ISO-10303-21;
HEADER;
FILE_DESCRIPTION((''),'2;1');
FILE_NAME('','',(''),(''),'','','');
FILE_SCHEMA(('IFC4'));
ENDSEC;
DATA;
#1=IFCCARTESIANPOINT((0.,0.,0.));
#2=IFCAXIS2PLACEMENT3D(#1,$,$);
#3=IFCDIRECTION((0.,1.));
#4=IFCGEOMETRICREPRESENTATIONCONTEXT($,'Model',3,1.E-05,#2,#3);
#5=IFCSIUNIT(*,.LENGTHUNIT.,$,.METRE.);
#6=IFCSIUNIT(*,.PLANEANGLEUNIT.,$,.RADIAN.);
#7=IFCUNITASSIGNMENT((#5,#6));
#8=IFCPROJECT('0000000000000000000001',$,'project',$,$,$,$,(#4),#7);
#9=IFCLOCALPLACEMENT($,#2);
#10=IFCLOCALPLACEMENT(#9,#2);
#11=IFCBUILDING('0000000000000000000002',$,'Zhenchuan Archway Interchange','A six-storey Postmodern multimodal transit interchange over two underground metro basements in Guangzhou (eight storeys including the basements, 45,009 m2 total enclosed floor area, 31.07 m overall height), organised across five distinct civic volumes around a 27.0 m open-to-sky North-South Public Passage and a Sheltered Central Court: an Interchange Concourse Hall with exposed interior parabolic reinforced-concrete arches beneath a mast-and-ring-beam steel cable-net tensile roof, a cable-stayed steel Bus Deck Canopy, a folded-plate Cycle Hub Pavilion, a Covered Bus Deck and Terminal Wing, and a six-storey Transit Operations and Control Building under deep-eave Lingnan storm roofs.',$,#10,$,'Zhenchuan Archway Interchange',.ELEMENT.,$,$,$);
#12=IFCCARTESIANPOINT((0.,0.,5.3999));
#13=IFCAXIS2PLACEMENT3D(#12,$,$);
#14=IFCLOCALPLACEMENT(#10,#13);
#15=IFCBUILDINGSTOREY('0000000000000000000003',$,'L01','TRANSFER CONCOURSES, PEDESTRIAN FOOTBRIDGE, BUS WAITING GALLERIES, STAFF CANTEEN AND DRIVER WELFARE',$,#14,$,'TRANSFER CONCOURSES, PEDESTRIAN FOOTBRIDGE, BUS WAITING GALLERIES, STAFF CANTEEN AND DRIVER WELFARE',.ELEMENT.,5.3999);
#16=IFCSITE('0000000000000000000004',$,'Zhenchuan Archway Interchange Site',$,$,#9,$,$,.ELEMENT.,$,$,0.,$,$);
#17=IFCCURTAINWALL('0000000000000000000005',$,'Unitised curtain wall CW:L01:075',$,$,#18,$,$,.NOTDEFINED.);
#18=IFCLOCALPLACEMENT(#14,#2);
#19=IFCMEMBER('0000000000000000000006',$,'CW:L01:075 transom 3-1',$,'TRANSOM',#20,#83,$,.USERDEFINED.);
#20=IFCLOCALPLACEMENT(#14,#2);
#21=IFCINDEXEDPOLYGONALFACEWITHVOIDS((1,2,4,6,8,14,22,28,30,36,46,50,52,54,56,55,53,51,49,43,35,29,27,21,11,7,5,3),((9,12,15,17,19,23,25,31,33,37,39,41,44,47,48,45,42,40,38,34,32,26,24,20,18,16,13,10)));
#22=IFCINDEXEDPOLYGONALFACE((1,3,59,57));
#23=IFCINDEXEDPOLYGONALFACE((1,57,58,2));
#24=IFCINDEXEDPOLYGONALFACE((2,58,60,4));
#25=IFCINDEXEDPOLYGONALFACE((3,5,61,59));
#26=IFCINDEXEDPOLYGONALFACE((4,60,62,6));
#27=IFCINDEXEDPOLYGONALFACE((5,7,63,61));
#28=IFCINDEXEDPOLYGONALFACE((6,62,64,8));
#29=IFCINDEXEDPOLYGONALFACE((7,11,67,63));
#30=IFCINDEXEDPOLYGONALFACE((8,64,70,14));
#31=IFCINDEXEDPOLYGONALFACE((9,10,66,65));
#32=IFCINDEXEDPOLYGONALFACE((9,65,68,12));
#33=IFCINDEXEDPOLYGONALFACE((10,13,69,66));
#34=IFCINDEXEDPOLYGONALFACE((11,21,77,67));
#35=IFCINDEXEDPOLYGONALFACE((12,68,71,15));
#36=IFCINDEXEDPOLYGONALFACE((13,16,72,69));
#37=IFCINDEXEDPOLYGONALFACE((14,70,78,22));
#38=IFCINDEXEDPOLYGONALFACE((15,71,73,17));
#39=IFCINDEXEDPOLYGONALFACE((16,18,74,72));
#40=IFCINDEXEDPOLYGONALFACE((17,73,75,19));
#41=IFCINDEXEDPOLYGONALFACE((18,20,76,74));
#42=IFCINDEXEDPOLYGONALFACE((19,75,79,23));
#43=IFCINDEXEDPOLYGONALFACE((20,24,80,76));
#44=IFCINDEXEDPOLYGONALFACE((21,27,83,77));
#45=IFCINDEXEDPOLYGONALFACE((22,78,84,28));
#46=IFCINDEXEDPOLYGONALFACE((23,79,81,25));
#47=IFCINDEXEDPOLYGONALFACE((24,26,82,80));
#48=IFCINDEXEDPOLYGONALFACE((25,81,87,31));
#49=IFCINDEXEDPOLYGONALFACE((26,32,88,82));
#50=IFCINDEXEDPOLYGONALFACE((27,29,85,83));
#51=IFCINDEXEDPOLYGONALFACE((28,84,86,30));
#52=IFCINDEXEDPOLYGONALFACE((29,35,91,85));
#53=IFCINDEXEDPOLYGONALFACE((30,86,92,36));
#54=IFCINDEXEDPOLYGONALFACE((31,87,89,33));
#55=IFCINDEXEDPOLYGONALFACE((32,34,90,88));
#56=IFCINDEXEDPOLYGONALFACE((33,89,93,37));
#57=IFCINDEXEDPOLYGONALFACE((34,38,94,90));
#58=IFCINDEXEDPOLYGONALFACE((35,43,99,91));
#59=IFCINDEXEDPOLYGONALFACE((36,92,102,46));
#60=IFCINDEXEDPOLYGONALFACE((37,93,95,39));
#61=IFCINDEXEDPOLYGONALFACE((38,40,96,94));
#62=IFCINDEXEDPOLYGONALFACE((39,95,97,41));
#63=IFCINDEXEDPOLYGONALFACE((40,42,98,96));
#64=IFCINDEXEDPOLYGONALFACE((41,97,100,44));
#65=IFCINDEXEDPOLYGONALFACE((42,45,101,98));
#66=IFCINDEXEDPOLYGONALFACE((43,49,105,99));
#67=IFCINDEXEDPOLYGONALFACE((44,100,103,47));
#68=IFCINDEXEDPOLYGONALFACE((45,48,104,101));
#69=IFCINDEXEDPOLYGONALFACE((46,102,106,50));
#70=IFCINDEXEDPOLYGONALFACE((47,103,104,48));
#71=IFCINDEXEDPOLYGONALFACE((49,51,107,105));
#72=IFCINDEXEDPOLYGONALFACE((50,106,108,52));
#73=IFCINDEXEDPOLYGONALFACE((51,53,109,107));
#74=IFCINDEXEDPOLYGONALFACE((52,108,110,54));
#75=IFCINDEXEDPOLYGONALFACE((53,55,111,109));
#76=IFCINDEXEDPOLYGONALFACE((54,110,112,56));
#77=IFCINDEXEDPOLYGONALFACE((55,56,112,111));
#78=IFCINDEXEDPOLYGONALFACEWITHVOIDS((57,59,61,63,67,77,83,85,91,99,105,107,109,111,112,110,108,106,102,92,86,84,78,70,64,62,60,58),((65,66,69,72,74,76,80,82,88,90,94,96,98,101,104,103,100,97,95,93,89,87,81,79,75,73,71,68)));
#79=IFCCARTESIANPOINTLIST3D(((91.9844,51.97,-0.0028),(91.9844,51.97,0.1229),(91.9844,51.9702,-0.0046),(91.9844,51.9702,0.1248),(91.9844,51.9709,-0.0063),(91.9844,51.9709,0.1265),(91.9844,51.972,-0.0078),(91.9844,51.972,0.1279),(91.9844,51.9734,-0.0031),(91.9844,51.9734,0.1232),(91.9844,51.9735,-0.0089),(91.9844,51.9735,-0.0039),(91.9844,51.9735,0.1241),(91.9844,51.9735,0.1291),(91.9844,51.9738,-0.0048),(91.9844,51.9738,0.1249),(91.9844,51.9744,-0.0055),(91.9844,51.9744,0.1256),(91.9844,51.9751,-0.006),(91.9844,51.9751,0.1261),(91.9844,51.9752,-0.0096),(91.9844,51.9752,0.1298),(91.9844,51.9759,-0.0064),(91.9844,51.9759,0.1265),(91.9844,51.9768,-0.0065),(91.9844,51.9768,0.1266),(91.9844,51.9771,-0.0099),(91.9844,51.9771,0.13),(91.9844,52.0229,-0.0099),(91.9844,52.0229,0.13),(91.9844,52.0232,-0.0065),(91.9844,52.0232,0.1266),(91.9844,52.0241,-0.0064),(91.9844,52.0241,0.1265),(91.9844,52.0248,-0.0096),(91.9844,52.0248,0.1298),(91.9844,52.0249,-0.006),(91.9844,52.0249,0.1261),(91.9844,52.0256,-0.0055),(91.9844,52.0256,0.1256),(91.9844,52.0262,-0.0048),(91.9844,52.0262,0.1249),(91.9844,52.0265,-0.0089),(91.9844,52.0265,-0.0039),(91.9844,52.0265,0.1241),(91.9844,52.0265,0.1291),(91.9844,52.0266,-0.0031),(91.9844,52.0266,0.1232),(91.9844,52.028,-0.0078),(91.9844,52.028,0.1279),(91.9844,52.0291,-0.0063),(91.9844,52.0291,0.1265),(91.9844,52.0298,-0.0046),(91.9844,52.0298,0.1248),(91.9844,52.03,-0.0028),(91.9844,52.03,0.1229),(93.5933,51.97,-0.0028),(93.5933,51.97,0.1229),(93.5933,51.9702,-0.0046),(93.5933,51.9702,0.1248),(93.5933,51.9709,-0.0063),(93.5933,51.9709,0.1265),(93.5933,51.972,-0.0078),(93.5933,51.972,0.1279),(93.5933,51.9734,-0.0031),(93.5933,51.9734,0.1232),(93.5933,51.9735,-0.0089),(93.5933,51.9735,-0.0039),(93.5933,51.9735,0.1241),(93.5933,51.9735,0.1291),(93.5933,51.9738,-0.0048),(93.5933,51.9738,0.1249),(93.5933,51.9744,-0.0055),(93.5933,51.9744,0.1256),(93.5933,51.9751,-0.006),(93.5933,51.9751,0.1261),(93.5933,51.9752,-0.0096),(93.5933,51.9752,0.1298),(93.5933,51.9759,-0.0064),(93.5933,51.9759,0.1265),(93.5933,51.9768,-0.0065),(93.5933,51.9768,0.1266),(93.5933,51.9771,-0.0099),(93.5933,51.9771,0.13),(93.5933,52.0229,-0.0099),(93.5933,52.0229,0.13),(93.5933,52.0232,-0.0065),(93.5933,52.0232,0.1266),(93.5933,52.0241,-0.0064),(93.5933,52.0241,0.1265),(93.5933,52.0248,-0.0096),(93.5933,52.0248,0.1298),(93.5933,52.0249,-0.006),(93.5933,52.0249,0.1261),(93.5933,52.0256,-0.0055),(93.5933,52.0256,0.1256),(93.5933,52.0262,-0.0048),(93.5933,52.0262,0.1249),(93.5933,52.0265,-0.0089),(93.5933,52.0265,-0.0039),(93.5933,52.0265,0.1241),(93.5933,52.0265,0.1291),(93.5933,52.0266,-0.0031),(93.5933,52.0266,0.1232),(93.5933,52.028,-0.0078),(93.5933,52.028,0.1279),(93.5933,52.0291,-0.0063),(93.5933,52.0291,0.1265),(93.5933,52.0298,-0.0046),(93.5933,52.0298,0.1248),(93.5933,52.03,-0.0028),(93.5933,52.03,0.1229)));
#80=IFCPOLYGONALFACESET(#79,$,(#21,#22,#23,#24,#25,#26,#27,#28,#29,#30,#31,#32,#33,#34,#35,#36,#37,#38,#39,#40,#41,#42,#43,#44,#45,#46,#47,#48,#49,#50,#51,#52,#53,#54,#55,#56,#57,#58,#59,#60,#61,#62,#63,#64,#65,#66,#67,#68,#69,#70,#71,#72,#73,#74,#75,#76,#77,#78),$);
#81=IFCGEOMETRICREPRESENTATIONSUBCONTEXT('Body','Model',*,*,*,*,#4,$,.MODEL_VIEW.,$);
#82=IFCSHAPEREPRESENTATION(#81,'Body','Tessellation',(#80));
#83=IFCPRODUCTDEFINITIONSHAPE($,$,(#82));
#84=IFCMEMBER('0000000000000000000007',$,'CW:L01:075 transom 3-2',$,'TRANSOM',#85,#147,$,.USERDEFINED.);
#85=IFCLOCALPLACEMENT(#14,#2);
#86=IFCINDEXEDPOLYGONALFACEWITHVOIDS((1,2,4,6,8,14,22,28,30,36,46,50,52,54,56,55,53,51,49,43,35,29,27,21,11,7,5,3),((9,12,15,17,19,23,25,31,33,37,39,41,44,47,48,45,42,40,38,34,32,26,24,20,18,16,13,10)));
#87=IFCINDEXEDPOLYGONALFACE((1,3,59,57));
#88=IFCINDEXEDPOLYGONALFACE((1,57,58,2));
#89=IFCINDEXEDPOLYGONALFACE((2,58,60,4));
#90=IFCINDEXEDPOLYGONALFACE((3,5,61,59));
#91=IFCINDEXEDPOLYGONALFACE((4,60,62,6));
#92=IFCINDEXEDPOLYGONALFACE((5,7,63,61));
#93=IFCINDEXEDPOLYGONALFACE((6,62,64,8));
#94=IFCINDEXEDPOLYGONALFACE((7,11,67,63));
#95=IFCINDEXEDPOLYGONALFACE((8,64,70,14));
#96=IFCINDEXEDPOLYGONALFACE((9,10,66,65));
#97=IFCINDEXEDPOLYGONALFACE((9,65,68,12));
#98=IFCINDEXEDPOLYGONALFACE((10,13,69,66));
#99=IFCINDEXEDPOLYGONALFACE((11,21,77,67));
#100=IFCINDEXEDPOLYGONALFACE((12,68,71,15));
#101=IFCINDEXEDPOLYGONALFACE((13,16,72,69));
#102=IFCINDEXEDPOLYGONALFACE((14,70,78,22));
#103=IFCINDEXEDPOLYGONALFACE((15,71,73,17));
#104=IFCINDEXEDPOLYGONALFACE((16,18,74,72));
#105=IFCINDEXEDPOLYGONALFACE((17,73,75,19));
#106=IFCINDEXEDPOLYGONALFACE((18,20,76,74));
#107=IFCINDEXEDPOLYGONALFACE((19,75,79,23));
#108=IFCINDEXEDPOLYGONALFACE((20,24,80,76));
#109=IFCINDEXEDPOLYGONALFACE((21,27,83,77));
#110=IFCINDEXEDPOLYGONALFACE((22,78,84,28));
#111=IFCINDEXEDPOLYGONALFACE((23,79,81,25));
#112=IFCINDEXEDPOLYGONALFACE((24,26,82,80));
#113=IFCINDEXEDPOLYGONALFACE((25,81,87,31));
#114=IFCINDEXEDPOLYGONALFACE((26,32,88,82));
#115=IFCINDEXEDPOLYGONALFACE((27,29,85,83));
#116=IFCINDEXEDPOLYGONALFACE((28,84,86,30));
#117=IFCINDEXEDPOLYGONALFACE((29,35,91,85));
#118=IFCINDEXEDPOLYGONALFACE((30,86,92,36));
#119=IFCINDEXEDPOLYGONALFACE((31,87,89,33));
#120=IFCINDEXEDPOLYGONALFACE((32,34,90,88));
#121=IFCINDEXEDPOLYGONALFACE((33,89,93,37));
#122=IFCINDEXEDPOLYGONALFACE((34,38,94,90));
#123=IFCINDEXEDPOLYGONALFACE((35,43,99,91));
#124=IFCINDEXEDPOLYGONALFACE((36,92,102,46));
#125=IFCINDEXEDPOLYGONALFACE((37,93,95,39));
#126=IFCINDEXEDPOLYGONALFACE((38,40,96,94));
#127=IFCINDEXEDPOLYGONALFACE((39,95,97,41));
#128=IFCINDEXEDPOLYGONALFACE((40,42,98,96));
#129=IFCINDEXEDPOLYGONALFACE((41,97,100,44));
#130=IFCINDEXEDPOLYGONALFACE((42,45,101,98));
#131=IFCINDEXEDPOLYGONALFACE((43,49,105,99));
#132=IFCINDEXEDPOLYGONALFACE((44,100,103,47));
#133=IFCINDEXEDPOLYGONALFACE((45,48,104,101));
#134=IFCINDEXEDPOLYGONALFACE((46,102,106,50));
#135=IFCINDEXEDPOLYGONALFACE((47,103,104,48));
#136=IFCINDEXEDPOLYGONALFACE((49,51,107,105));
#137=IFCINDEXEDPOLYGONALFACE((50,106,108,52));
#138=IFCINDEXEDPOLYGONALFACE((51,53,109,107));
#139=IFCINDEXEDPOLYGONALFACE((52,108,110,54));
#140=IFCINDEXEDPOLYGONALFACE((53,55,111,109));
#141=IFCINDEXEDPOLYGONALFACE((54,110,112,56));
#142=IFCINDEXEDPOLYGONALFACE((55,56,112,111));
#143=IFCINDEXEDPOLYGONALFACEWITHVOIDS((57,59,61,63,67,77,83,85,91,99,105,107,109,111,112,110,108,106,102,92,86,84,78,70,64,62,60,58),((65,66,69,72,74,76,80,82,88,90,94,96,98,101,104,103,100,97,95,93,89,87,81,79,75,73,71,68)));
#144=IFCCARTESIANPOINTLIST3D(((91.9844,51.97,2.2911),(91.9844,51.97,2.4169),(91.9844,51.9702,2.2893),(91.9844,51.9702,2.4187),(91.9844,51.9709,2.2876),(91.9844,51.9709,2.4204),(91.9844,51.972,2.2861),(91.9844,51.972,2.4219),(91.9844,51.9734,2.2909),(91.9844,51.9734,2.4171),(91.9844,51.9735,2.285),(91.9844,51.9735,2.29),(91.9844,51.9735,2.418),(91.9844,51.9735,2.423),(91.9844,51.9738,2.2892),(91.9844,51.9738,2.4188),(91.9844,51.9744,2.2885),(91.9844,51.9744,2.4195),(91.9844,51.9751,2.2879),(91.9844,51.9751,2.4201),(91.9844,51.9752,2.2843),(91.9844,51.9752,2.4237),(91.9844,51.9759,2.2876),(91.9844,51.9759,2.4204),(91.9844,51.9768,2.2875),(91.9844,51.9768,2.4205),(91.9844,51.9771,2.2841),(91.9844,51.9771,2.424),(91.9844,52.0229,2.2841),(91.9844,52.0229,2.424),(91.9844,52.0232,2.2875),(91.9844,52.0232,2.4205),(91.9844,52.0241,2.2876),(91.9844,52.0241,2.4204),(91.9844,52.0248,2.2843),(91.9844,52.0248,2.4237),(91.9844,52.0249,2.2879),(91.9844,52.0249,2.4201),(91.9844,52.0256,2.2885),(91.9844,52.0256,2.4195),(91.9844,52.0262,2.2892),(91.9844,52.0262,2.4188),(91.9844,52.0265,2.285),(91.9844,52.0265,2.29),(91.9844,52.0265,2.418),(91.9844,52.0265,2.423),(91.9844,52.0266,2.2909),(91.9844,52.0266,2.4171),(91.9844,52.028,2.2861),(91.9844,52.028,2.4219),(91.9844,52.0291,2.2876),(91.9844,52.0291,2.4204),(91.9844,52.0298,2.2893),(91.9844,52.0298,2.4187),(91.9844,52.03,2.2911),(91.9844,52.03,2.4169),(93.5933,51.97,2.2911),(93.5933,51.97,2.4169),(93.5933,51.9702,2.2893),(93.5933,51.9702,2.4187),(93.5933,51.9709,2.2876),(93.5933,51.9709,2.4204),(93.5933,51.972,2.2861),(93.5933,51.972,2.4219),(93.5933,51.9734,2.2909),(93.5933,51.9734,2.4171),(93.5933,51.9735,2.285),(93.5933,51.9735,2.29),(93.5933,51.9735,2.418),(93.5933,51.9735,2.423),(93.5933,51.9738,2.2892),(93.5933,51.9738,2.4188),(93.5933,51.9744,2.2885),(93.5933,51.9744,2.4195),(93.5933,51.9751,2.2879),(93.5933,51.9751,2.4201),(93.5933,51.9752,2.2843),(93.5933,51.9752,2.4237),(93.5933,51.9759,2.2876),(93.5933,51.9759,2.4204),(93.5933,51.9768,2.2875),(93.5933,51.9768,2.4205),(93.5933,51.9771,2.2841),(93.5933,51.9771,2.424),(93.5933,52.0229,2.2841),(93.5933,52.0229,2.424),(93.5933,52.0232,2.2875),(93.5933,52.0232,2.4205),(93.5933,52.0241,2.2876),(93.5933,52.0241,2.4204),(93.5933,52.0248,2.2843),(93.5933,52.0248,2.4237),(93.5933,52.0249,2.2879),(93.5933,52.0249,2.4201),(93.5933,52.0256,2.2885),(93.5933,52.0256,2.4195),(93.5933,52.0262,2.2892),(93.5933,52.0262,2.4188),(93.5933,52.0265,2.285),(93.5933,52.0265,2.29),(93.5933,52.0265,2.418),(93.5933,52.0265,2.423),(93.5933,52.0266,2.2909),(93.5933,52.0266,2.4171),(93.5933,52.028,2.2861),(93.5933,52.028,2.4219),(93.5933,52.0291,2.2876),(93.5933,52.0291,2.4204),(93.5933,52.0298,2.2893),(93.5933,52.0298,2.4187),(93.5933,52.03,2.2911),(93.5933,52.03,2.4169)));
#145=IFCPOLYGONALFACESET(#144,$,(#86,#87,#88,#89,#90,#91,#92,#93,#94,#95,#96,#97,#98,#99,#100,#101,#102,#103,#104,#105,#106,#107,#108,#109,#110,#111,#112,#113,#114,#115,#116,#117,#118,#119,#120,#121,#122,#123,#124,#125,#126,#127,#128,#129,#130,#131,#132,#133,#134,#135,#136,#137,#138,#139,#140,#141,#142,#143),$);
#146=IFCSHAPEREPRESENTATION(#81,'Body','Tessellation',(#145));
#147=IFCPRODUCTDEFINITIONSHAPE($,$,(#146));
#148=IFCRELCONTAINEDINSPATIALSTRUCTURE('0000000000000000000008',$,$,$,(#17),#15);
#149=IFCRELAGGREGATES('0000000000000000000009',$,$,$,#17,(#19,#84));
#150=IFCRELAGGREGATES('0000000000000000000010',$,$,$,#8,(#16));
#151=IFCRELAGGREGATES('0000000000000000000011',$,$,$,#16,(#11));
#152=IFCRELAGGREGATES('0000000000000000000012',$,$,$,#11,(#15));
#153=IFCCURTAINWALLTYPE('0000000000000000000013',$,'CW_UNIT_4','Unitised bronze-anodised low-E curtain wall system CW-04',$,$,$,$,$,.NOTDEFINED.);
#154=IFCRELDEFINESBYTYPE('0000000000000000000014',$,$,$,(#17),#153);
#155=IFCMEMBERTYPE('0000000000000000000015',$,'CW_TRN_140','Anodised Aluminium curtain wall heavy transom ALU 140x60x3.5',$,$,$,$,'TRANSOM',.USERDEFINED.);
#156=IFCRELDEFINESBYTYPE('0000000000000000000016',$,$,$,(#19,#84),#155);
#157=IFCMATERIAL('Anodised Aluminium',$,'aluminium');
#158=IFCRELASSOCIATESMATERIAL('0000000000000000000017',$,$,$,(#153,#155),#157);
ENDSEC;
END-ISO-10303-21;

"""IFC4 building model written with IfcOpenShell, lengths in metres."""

from ifc_helpers import new_model, si_unit, direction, frame, origin, origin_2d, place, context, subcontext, project, spatial, hollow_rectangle, extrude, material, material_profile, profile_set, type_object, element, aggregate, save


model = new_model("IFC4")

# Units and contexts
model_context = context("Model", 3, precision=1e-05, world=origin(), true_north=direction((0.0, 1.0)))
body_context = subcontext(model_context, "Body", "Model", "MODEL_VIEW")
ifc_project = project(units=[si_unit("LENGTHUNIT", "METRE"), si_unit("PLANEANGLEUNIT", "RADIAN")], contexts=[model_context])

# Site, building, storey
site_placement = place(None, origin())
site = spatial("IfcSite", under=ifc_project, at=site_placement, Name="Zhenchuan Archway Interchange Site", CompositionType="ELEMENT", RefElevation=0.0)
building_placement = place(site_placement, origin())
building = spatial("IfcBuilding", under=site, at=building_placement, Name="Zhenchuan Archway Interchange", Description="A six-storey Postmodern multimodal transit interchange over two underground metro basements in Guangzhou (eight storeys including the basements, 45,009 m2 total enclosed floor area, 31.07 m overall height), organised across five distinct civic volumes around a 27.0 m open-to-sky North-South Public Passage and a Sheltered Central Court: an Interchange Concourse Hall with exposed interior parabolic reinforced-concrete arches beneath a mast-and-ring-beam steel cable-net tensile roof, a cable-stayed steel Bus Deck Canopy, a folded-plate Cycle Hub Pavilion, a Covered Bus Deck and Terminal Wing, and a six-storey Transit Operations and Control Building under deep-eave Lingnan storm roofs.", LongName="Zhenchuan Archway Interchange", CompositionType="ELEMENT")
storey_placement = place(building_placement, frame((0.0, 0.0, 5.3999)))
storey = spatial("IfcBuildingStorey", under=building, at=storey_placement, Name="L01", Description="TRANSFER CONCOURSES, PEDESTRIAN FOOTBRIDGE, BUS WAITING GALLERIES, STAFF CANTEEN AND DRIVER WELFARE", LongName="TRANSFER CONCOURSES, PEDESTRIAN FOOTBRIDGE, BUS WAITING GALLERIES, STAFF CANTEEN AND DRIVER WELFARE", CompositionType="ELEMENT", Elevation=5.3999)

# Curtain wall, members
ifc_material_1 = material(Name="Anodised Aluminium", Category="aluminium")
curtain_wall_type = type_object("IfcCurtainWallType", Name="CW_UNIT_4", Description="Unitised bronze-anodised low-E curtain wall system CW-04", PredefinedType="NOTDEFINED", material=ifc_material_1)
curtain_wall_placement = place(storey_placement, origin())
curtain_wall = element("IfcCurtainWall", 1, at=curtain_wall_placement, inside=storey, type_object=curtain_wall_type, Name="Unitised curtain wall CW:L01:075", PredefinedType="NOTDEFINED")
ifc_material_profile_1 = material_profile(ifc_material_1, hollow_rectangle(XDim=0.0601, YDim=0.1399, WallThickness=0.0034, InnerFilletRadius=0.0034, OuterFilletRadius=0.0071, at=origin_2d()), Name="ALU 140x60x3.5")
ifc_profile_set_1 = profile_set([ifc_material_profile_1], Name="Anodised Aluminium")
member_type_1 = type_object("IfcMemberType", Name="CW_TRN_140", Description="Anodised Aluminium curtain wall heavy transom ALU 140x60x3.5", ElementType="TRANSOM", PredefinedType="USERDEFINED", material=ifc_profile_set_1)
member_1_placement = place(storey_placement, frame((93.5933, 52.0, 0.0601), z_axis=(-1.0, 0.0, 0.0), x_axis=(0.0, -1.0, 0.0)))
member_1 = element("IfcMember", 2, at=member_1_placement, type_object=member_type_1, Name="CW:L01:075 transom 3-1", ObjectType="TRANSOM", PredefinedType="USERDEFINED", context=body_context, shape_type="SweptSolid", body=[
    extrude(hollow_rectangle(XDim=0.0601, YDim=0.1399, WallThickness=0.0034, InnerFilletRadius=0.0034, OuterFilletRadius=0.0071, at=origin_2d()), origin(), (0.0, 0.0, 1.0), 1.6089),
])
member_2_placement = place(storey_placement, frame((93.5933, 52.0, 2.354), z_axis=(-1.0, 0.0, 0.0), x_axis=(0.0, -1.0, 0.0)))
member_2 = element("IfcMember", 3, at=member_2_placement, type_object=member_type_1, Name="CW:L01:075 transom 3-2", ObjectType="TRANSOM", PredefinedType="USERDEFINED", context=body_context, shape_type="SweptSolid", body=[
    extrude(hollow_rectangle(XDim=0.0601, YDim=0.1399, WallThickness=0.0034, InnerFilletRadius=0.0034, OuterFilletRadius=0.0071, at=origin_2d()), origin(), (0.0, 0.0, 1.0), 1.6089),
])

aggregate(curtain_wall, [member_1, member_2])

save(model, "model.ifc")
